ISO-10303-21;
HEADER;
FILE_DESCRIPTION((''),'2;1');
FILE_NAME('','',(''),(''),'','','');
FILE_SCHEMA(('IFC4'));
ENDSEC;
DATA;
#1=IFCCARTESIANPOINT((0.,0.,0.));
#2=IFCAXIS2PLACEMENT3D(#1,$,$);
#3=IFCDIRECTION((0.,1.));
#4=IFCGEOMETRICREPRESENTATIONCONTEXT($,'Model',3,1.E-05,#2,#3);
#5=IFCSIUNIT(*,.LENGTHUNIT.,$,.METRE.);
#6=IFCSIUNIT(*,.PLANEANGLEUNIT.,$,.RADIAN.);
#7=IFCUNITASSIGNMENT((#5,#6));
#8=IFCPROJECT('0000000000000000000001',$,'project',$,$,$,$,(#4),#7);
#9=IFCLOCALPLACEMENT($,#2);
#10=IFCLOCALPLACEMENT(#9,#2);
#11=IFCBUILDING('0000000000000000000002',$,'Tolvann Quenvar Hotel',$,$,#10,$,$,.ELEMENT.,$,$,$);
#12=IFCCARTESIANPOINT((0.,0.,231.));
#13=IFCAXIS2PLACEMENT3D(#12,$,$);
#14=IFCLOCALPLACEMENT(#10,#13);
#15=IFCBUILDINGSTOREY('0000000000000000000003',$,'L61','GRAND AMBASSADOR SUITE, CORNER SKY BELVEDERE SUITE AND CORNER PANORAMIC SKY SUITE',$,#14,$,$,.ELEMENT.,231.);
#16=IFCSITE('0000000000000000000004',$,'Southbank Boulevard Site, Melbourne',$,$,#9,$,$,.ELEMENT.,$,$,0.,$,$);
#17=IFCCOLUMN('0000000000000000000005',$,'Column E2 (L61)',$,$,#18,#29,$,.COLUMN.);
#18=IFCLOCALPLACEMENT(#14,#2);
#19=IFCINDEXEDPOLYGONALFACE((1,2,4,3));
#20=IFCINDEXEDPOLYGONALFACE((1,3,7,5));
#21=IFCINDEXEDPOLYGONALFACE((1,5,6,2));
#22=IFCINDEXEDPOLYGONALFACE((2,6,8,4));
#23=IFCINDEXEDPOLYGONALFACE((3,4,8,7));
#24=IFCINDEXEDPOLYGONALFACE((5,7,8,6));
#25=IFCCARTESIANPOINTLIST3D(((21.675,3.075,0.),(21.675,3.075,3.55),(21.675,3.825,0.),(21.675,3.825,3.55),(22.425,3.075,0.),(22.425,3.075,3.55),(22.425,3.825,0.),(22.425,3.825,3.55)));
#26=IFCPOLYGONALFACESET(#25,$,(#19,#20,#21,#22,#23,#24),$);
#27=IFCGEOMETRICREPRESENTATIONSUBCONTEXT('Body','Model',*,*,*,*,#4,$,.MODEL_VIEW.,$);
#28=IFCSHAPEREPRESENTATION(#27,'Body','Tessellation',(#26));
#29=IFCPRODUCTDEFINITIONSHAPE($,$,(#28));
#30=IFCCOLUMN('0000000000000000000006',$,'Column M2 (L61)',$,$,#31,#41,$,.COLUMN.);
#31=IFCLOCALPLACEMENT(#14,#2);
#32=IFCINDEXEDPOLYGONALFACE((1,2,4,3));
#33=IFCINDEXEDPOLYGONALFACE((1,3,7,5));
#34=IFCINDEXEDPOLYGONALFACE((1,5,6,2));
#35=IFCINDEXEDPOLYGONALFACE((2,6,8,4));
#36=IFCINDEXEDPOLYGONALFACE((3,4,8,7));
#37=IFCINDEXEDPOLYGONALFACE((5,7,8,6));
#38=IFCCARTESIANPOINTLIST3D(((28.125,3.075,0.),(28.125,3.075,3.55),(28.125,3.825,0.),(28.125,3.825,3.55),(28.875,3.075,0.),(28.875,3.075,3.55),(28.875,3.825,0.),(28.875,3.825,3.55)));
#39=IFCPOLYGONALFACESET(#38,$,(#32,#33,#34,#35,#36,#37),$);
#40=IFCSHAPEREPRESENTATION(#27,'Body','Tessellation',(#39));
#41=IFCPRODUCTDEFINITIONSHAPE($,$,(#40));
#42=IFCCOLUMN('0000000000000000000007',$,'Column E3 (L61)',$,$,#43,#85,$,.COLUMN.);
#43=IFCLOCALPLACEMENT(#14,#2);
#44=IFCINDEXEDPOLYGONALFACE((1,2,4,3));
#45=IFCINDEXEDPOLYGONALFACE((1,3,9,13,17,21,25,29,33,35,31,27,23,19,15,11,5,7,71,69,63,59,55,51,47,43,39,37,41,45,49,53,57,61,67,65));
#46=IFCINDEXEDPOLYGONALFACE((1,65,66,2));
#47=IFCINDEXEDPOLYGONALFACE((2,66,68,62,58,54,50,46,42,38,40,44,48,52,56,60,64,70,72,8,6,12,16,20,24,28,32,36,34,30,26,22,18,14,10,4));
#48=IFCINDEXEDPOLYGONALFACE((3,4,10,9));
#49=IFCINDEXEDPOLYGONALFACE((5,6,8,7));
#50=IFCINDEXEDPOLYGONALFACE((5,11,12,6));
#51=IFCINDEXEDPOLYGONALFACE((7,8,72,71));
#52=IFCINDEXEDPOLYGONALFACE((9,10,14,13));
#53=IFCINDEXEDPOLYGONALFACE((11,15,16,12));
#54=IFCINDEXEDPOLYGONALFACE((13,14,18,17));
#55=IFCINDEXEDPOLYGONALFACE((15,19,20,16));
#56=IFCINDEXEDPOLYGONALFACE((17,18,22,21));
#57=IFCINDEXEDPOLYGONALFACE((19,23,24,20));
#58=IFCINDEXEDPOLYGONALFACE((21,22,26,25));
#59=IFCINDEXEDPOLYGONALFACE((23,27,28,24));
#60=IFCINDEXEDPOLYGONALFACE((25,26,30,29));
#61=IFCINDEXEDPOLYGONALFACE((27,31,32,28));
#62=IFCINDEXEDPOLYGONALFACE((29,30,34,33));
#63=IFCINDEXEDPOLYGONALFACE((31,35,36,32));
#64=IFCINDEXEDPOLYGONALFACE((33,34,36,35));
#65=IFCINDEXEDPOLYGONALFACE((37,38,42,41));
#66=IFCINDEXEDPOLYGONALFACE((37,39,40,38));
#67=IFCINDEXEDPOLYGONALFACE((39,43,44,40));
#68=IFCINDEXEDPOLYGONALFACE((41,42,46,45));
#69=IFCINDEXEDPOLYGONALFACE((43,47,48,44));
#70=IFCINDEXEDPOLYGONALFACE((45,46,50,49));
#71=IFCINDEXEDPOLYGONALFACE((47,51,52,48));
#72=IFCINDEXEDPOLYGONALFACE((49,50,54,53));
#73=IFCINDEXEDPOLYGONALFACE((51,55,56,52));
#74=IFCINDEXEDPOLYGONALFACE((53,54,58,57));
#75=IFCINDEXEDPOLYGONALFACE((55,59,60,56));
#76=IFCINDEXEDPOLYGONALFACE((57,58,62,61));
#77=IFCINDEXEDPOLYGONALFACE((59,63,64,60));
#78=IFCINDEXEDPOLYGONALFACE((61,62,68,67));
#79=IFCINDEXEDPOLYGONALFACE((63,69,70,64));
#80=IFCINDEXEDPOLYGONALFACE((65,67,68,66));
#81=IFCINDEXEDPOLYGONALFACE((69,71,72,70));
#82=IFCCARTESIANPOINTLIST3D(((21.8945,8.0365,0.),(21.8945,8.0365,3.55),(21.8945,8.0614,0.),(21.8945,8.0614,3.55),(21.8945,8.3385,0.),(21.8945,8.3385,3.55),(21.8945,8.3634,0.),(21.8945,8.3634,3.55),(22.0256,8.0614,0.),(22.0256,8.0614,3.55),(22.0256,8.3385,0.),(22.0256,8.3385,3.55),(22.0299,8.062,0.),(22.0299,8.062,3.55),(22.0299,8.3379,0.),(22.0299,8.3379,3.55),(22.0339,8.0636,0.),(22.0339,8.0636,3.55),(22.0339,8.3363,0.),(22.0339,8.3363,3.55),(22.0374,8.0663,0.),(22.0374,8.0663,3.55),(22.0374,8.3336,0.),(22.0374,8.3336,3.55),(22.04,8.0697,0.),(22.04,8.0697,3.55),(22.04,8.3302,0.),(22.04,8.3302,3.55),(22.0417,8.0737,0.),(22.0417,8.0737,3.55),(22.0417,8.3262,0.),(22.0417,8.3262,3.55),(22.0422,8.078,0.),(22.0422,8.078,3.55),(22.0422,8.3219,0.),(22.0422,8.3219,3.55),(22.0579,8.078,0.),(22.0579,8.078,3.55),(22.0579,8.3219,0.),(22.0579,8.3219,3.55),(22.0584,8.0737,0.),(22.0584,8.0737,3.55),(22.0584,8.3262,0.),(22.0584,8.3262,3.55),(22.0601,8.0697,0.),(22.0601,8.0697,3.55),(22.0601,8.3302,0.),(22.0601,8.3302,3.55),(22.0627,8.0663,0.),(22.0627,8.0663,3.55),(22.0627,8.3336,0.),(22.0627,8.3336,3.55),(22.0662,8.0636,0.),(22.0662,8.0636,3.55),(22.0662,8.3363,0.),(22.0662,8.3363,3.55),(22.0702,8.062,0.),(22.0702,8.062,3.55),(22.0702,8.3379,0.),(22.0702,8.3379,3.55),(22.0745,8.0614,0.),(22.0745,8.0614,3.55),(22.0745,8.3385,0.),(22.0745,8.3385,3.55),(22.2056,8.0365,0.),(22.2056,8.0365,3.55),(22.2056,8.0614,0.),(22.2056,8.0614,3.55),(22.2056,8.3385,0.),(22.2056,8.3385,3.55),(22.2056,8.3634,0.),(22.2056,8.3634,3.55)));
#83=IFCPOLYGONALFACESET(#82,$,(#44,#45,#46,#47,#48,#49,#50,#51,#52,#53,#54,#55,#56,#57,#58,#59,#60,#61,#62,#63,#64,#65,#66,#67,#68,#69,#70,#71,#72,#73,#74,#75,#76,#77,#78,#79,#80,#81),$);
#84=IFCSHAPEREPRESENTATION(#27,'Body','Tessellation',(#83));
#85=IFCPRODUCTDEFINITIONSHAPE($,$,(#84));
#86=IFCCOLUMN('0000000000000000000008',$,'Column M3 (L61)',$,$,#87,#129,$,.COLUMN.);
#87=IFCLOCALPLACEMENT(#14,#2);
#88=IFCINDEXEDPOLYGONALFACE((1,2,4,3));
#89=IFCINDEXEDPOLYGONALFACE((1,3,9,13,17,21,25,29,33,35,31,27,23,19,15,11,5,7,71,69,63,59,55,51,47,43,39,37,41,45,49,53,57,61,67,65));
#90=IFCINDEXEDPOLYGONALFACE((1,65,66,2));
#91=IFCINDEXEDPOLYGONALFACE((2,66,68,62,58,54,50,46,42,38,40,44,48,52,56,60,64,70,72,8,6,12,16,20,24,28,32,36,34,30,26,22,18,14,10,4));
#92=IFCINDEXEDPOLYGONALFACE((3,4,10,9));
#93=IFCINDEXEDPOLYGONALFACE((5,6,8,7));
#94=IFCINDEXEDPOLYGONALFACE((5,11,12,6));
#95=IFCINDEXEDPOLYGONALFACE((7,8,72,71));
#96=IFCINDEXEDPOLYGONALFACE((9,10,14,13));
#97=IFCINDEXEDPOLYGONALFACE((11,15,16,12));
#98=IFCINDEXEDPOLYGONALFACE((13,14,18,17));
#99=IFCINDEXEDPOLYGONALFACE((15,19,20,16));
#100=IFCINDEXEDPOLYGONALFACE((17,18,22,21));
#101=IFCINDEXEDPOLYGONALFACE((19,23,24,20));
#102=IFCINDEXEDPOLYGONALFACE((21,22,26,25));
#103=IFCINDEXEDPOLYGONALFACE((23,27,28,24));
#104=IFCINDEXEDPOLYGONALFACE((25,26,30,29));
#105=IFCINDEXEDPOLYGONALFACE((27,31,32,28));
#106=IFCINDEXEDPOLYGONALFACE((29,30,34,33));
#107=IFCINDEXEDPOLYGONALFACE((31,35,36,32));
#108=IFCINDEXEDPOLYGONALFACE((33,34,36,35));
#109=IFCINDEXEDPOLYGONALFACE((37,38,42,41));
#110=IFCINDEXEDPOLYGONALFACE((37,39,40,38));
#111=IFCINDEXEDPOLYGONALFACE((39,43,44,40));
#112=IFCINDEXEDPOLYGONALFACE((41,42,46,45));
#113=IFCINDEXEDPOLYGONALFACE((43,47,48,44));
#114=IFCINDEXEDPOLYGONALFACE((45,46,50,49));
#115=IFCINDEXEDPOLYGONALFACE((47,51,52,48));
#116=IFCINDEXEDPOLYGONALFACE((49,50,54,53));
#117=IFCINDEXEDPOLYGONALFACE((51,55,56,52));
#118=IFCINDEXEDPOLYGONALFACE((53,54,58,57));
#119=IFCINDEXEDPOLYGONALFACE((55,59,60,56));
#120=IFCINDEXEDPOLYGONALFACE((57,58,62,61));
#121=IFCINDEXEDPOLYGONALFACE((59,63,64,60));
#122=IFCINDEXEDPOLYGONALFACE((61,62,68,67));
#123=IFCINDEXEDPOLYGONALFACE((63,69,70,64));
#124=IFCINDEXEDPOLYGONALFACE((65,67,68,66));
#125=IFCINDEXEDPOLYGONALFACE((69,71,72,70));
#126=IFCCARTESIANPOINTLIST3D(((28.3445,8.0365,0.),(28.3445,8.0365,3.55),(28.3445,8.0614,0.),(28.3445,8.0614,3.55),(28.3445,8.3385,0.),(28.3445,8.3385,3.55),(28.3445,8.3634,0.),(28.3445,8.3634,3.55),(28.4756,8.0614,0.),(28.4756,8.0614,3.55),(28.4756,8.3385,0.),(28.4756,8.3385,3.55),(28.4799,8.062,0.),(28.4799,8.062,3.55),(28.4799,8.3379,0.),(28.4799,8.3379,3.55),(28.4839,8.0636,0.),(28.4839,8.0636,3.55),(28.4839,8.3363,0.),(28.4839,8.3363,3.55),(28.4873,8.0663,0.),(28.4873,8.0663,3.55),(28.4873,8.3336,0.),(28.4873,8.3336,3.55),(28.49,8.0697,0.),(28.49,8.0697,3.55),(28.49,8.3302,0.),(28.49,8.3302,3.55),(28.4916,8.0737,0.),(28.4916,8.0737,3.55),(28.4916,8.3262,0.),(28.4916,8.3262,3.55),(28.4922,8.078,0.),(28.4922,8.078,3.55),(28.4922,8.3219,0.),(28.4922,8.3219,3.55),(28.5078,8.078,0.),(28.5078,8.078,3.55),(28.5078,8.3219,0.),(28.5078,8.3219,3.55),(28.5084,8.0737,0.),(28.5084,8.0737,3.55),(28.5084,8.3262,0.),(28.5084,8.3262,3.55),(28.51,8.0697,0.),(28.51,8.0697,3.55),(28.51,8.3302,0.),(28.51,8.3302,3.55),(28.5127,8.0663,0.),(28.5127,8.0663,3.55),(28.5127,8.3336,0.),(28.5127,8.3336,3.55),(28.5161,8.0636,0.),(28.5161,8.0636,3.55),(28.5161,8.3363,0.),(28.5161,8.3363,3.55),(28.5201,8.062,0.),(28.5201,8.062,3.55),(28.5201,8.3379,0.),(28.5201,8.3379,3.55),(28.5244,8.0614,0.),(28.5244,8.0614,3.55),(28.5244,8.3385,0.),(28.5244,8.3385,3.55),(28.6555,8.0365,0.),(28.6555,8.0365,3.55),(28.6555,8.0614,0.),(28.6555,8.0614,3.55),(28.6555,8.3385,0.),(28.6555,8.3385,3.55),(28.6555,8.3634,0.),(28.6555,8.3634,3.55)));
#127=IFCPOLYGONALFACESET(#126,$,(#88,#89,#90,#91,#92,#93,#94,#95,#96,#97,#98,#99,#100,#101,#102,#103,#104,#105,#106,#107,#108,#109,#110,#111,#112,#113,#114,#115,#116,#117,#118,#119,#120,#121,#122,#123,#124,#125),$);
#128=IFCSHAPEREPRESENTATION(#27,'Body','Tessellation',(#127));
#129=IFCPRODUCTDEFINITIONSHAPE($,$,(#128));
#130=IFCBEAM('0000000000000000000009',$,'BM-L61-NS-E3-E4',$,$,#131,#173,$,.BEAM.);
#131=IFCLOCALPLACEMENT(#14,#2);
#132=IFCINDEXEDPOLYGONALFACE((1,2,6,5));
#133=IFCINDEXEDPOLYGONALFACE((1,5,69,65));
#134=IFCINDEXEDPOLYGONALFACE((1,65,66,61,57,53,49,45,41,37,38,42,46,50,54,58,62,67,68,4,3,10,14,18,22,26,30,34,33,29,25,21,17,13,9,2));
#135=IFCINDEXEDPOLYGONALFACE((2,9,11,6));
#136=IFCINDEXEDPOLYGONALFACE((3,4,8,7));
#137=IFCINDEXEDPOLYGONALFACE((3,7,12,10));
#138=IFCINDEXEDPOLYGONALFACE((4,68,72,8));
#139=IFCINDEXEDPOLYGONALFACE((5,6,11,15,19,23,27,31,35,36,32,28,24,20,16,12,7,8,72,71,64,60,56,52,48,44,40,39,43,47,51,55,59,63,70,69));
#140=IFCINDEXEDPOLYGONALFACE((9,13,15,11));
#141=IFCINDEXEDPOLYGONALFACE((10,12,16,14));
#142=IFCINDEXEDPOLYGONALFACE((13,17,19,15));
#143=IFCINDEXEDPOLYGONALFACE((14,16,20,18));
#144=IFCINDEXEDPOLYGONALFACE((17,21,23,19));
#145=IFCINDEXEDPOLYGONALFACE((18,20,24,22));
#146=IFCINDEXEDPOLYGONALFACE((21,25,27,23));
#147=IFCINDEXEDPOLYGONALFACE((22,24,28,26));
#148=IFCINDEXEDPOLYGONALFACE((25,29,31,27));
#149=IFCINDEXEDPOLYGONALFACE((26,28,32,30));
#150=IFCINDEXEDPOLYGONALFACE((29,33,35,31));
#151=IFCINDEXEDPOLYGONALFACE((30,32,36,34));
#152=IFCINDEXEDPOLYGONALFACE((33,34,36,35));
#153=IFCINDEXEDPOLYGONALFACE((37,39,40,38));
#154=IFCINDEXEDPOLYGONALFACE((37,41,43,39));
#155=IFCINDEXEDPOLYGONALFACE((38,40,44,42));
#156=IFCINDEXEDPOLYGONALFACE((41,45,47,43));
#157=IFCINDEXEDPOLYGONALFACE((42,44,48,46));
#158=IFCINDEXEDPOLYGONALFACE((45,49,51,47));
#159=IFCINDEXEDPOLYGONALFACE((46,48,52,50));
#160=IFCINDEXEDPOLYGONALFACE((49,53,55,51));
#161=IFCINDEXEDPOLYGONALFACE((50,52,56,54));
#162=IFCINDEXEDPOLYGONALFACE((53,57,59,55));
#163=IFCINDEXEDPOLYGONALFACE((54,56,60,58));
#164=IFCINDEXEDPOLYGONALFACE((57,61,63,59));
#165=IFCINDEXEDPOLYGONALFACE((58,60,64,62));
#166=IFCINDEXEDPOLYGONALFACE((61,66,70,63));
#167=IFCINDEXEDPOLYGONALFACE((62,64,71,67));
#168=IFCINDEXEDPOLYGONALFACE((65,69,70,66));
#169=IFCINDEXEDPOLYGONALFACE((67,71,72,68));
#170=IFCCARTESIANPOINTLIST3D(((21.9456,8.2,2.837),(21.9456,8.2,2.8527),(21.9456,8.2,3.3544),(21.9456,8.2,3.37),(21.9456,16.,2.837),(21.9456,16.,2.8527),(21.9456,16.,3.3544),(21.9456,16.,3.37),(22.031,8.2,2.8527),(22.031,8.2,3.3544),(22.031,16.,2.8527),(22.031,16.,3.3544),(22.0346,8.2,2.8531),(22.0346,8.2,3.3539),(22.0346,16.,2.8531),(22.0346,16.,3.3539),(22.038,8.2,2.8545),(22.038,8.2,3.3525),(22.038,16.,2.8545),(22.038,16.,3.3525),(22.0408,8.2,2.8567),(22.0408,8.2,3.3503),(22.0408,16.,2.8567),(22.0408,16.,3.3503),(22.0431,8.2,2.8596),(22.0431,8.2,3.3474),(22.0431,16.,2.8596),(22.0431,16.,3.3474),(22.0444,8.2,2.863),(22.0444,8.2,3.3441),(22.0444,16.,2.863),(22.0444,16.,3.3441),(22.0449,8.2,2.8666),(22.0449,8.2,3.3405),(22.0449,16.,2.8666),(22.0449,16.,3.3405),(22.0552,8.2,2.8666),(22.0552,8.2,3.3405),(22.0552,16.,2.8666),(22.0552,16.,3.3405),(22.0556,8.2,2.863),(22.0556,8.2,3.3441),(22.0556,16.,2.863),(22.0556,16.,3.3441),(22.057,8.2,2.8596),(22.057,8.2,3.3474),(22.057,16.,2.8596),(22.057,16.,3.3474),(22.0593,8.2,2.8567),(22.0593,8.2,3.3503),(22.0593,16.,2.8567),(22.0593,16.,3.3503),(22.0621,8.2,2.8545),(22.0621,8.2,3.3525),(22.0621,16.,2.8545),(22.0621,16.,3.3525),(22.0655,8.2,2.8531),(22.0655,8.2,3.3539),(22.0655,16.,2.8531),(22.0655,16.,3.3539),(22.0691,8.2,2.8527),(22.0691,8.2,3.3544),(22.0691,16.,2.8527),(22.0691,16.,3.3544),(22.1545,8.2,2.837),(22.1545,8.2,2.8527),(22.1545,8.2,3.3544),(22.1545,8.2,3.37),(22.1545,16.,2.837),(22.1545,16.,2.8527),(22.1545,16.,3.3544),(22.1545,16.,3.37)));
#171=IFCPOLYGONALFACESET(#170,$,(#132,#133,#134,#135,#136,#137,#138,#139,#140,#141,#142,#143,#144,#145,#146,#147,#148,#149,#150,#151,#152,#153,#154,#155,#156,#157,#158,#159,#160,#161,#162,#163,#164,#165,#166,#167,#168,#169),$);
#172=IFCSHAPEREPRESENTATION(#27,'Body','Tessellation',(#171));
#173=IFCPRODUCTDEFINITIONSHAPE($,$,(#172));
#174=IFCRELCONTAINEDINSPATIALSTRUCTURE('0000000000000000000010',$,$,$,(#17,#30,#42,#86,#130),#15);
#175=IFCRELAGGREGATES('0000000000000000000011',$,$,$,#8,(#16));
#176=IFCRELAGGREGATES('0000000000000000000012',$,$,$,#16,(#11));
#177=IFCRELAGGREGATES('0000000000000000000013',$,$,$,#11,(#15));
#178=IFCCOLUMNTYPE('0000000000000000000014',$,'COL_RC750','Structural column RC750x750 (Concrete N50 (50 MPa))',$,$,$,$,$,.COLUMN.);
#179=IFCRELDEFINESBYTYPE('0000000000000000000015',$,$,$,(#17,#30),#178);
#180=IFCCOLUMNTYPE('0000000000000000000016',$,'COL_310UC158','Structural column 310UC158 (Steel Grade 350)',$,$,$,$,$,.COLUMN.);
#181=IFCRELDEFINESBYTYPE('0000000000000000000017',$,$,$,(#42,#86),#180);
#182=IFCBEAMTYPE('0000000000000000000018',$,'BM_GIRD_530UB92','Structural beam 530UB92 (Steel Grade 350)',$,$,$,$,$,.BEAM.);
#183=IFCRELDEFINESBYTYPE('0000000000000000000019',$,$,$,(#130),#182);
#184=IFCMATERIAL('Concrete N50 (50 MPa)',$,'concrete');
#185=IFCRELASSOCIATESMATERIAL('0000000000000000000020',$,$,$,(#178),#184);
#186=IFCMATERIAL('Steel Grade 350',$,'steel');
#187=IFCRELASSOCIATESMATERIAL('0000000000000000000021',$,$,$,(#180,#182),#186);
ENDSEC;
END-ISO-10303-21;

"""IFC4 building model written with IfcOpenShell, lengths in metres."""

from ifc_helpers import new_model, si_unit, direction, frame, origin, origin_2d, place, context, subcontext, project, spatial, rectangle, i_section, extrude, source, transform, mapped, material, material_profile, profile_set, type_object, type_shapes, element, save


model = new_model("IFC4")

# Units and contexts
model_context = context("Model", 3, precision=1e-05, world=origin(), true_north=direction((0.0, 1.0)))
body_context = subcontext(model_context, "Body", "Model", "MODEL_VIEW")
ifc_project = project(units=[si_unit("LENGTHUNIT", "METRE"), si_unit("PLANEANGLEUNIT", "RADIAN")], contexts=[model_context])

# Site, building, storey
site_placement = place(None, origin())
site = spatial("IfcSite", under=ifc_project, at=site_placement, Name="Southbank Boulevard Site, Melbourne", CompositionType="ELEMENT", RefElevation=0.0)
building_placement = place(site_placement, origin())
building = spatial("IfcBuilding", under=site, at=building_placement, Name="Tolvann Quenvar Hotel", CompositionType="ELEMENT")
storey_placement = place(building_placement, frame((0.0, 0.0, 231.0)))
storey = spatial("IfcBuildingStorey", under=building, at=storey_placement, Name="L61", Description="GRAND AMBASSADOR SUITE, CORNER SKY BELVEDERE SUITE AND CORNER PANORAMIC SKY SUITE", CompositionType="ELEMENT", Elevation=231.0)

# Columns
ifc_material_1 = material(Name="Concrete N50 (50 MPa)", Category="concrete")
ifc_material_profile_1 = material_profile(ifc_material_1, rectangle(XDim=0.75, YDim=0.75, at=origin_2d()), Name="RC750x750")
ifc_profile_set_1 = profile_set([ifc_material_profile_1], Name="Concrete N50 (50 MPa)")
column_type_1 = type_object("IfcColumnType", Name="COL_RC750", Description="Structural column RC750x750 (Concrete N50 (50 MPa))", PredefinedType="COLUMN", material=ifc_profile_set_1)
shared_shape_1 = source(origin(), body_context, "Body", "SweptSolid", [
    extrude(rectangle(XDim=0.75, YDim=0.75, at=origin_2d()), origin(), (0.0, 0.0, 1.0), 3.55),
])
type_shapes(column_type_1, [shared_shape_1])
for number, where, z_axis, x_axis, name in (
    (1, (22.05, 3.45, 0.0), (0.0, 0.0, 1.0), (1.0, 0.0, 0.0), "Column E2 (L61)"),
    (2, (28.5, 3.45, 0.0), (0.0, 0.0, 1.0), (1.0, 0.0, 0.0), "Column M2 (L61)"),
):
    element("IfcColumn", number, at=place(storey_placement, frame(where, z_axis=z_axis, x_axis=x_axis)), inside=storey, type_object=column_type_1, Name=name, PredefinedType="COLUMN", context=body_context, shape_type="MappedRepresentation", body=[
        mapped(shared_shape_1, transform((0.0, 0.0, 0.0), x_axis=(1.0, 0.0, 0.0), y_axis=(0.0, 1.0, 0.0), z_axis=(0.0, 0.0, 1.0), scale=1.0)),
    ])
ifc_material_2 = material(Name="Steel Grade 350", Category="steel")
ifc_material_profile_2 = material_profile(ifc_material_2, i_section(OverallWidth=0.311, OverallDepth=0.3269, WebThickness=0.0156, FlangeThickness=0.0249, FilletRadius=0.0166, at=origin_2d()), Name="310UC158")
ifc_profile_set_2 = profile_set([ifc_material_profile_2], Name="Steel Grade 350")
column_type_2 = type_object("IfcColumnType", Name="COL_310UC158", Description="Structural column 310UC158 (Steel Grade 350)", PredefinedType="COLUMN", material=ifc_profile_set_2)
shared_shape_2 = source(origin(), body_context, "Body", "SweptSolid", [
    extrude(i_section(OverallWidth=0.311, OverallDepth=0.3269, WebThickness=0.0156, FlangeThickness=0.0249, FilletRadius=0.0166, at=origin_2d()), origin(), (0.0, 0.0, 1.0), 3.55),
])
type_shapes(column_type_2, [shared_shape_2])
for number, where, z_axis, x_axis, name in (
    (3, (22.05, 8.2, 0.0), (0.0, 0.0, 1.0), (1.0, 0.0, 0.0), "Column E3 (L61)"),
    (4, (28.5, 8.2, 0.0), (0.0, 0.0, 1.0), (1.0, 0.0, 0.0), "Column M3 (L61)"),
):
    element("IfcColumn", number, at=place(storey_placement, frame(where, z_axis=z_axis, x_axis=x_axis)), inside=storey, type_object=column_type_2, Name=name, PredefinedType="COLUMN", context=body_context, shape_type="MappedRepresentation", body=[
        mapped(shared_shape_2, transform((0.0, 0.0, 0.0), x_axis=(1.0, 0.0, 0.0), y_axis=(0.0, 1.0, 0.0), z_axis=(0.0, 0.0, 1.0), scale=1.0)),
    ])

# Beam
ifc_material_profile_3 = material_profile(ifc_material_2, i_section(OverallWidth=0.209, OverallDepth=0.533, WebThickness=0.0103, FlangeThickness=0.0156, FilletRadius=0.0139, at=origin_2d()), Name="530UB92")
ifc_profile_set_3 = profile_set([ifc_material_profile_3], Name="Steel Grade 350")
beam_type_1 = type_object("IfcBeamType", Name="BM_GIRD_530UB92", Description="Structural beam 530UB92 (Steel Grade 350)", PredefinedType="BEAM", material=ifc_profile_set_3)
shared_shape_3 = source(origin(), body_context, "Body", "SweptSolid", [
    extrude(i_section(OverallWidth=0.209, OverallDepth=0.533, WebThickness=0.0103, FlangeThickness=0.0156, FilletRadius=0.0139, at=origin_2d()), origin(), (0.0, 0.0, 1.0), 7.8),
])
beam_1_placement = place(storey_placement, frame((22.05, 8.2, 3.1035), z_axis=(0.0, 1.0, 0.0), x_axis=(-1.0, 0.0, 0.0)))
element("IfcBeam", 5, at=beam_1_placement, inside=storey, type_object=beam_type_1, Name="BM-L61-NS-E3-E4", PredefinedType="BEAM", context=body_context, shape_type="MappedRepresentation", body=[
    mapped(shared_shape_3, transform((0.0, 0.0, 0.0), x_axis=(1.0, 0.0, 0.0), y_axis=(0.0, 1.0, 0.0), z_axis=(0.0, 0.0, 1.0), scale=1.0)),
])

save(model, "model.ifc")
